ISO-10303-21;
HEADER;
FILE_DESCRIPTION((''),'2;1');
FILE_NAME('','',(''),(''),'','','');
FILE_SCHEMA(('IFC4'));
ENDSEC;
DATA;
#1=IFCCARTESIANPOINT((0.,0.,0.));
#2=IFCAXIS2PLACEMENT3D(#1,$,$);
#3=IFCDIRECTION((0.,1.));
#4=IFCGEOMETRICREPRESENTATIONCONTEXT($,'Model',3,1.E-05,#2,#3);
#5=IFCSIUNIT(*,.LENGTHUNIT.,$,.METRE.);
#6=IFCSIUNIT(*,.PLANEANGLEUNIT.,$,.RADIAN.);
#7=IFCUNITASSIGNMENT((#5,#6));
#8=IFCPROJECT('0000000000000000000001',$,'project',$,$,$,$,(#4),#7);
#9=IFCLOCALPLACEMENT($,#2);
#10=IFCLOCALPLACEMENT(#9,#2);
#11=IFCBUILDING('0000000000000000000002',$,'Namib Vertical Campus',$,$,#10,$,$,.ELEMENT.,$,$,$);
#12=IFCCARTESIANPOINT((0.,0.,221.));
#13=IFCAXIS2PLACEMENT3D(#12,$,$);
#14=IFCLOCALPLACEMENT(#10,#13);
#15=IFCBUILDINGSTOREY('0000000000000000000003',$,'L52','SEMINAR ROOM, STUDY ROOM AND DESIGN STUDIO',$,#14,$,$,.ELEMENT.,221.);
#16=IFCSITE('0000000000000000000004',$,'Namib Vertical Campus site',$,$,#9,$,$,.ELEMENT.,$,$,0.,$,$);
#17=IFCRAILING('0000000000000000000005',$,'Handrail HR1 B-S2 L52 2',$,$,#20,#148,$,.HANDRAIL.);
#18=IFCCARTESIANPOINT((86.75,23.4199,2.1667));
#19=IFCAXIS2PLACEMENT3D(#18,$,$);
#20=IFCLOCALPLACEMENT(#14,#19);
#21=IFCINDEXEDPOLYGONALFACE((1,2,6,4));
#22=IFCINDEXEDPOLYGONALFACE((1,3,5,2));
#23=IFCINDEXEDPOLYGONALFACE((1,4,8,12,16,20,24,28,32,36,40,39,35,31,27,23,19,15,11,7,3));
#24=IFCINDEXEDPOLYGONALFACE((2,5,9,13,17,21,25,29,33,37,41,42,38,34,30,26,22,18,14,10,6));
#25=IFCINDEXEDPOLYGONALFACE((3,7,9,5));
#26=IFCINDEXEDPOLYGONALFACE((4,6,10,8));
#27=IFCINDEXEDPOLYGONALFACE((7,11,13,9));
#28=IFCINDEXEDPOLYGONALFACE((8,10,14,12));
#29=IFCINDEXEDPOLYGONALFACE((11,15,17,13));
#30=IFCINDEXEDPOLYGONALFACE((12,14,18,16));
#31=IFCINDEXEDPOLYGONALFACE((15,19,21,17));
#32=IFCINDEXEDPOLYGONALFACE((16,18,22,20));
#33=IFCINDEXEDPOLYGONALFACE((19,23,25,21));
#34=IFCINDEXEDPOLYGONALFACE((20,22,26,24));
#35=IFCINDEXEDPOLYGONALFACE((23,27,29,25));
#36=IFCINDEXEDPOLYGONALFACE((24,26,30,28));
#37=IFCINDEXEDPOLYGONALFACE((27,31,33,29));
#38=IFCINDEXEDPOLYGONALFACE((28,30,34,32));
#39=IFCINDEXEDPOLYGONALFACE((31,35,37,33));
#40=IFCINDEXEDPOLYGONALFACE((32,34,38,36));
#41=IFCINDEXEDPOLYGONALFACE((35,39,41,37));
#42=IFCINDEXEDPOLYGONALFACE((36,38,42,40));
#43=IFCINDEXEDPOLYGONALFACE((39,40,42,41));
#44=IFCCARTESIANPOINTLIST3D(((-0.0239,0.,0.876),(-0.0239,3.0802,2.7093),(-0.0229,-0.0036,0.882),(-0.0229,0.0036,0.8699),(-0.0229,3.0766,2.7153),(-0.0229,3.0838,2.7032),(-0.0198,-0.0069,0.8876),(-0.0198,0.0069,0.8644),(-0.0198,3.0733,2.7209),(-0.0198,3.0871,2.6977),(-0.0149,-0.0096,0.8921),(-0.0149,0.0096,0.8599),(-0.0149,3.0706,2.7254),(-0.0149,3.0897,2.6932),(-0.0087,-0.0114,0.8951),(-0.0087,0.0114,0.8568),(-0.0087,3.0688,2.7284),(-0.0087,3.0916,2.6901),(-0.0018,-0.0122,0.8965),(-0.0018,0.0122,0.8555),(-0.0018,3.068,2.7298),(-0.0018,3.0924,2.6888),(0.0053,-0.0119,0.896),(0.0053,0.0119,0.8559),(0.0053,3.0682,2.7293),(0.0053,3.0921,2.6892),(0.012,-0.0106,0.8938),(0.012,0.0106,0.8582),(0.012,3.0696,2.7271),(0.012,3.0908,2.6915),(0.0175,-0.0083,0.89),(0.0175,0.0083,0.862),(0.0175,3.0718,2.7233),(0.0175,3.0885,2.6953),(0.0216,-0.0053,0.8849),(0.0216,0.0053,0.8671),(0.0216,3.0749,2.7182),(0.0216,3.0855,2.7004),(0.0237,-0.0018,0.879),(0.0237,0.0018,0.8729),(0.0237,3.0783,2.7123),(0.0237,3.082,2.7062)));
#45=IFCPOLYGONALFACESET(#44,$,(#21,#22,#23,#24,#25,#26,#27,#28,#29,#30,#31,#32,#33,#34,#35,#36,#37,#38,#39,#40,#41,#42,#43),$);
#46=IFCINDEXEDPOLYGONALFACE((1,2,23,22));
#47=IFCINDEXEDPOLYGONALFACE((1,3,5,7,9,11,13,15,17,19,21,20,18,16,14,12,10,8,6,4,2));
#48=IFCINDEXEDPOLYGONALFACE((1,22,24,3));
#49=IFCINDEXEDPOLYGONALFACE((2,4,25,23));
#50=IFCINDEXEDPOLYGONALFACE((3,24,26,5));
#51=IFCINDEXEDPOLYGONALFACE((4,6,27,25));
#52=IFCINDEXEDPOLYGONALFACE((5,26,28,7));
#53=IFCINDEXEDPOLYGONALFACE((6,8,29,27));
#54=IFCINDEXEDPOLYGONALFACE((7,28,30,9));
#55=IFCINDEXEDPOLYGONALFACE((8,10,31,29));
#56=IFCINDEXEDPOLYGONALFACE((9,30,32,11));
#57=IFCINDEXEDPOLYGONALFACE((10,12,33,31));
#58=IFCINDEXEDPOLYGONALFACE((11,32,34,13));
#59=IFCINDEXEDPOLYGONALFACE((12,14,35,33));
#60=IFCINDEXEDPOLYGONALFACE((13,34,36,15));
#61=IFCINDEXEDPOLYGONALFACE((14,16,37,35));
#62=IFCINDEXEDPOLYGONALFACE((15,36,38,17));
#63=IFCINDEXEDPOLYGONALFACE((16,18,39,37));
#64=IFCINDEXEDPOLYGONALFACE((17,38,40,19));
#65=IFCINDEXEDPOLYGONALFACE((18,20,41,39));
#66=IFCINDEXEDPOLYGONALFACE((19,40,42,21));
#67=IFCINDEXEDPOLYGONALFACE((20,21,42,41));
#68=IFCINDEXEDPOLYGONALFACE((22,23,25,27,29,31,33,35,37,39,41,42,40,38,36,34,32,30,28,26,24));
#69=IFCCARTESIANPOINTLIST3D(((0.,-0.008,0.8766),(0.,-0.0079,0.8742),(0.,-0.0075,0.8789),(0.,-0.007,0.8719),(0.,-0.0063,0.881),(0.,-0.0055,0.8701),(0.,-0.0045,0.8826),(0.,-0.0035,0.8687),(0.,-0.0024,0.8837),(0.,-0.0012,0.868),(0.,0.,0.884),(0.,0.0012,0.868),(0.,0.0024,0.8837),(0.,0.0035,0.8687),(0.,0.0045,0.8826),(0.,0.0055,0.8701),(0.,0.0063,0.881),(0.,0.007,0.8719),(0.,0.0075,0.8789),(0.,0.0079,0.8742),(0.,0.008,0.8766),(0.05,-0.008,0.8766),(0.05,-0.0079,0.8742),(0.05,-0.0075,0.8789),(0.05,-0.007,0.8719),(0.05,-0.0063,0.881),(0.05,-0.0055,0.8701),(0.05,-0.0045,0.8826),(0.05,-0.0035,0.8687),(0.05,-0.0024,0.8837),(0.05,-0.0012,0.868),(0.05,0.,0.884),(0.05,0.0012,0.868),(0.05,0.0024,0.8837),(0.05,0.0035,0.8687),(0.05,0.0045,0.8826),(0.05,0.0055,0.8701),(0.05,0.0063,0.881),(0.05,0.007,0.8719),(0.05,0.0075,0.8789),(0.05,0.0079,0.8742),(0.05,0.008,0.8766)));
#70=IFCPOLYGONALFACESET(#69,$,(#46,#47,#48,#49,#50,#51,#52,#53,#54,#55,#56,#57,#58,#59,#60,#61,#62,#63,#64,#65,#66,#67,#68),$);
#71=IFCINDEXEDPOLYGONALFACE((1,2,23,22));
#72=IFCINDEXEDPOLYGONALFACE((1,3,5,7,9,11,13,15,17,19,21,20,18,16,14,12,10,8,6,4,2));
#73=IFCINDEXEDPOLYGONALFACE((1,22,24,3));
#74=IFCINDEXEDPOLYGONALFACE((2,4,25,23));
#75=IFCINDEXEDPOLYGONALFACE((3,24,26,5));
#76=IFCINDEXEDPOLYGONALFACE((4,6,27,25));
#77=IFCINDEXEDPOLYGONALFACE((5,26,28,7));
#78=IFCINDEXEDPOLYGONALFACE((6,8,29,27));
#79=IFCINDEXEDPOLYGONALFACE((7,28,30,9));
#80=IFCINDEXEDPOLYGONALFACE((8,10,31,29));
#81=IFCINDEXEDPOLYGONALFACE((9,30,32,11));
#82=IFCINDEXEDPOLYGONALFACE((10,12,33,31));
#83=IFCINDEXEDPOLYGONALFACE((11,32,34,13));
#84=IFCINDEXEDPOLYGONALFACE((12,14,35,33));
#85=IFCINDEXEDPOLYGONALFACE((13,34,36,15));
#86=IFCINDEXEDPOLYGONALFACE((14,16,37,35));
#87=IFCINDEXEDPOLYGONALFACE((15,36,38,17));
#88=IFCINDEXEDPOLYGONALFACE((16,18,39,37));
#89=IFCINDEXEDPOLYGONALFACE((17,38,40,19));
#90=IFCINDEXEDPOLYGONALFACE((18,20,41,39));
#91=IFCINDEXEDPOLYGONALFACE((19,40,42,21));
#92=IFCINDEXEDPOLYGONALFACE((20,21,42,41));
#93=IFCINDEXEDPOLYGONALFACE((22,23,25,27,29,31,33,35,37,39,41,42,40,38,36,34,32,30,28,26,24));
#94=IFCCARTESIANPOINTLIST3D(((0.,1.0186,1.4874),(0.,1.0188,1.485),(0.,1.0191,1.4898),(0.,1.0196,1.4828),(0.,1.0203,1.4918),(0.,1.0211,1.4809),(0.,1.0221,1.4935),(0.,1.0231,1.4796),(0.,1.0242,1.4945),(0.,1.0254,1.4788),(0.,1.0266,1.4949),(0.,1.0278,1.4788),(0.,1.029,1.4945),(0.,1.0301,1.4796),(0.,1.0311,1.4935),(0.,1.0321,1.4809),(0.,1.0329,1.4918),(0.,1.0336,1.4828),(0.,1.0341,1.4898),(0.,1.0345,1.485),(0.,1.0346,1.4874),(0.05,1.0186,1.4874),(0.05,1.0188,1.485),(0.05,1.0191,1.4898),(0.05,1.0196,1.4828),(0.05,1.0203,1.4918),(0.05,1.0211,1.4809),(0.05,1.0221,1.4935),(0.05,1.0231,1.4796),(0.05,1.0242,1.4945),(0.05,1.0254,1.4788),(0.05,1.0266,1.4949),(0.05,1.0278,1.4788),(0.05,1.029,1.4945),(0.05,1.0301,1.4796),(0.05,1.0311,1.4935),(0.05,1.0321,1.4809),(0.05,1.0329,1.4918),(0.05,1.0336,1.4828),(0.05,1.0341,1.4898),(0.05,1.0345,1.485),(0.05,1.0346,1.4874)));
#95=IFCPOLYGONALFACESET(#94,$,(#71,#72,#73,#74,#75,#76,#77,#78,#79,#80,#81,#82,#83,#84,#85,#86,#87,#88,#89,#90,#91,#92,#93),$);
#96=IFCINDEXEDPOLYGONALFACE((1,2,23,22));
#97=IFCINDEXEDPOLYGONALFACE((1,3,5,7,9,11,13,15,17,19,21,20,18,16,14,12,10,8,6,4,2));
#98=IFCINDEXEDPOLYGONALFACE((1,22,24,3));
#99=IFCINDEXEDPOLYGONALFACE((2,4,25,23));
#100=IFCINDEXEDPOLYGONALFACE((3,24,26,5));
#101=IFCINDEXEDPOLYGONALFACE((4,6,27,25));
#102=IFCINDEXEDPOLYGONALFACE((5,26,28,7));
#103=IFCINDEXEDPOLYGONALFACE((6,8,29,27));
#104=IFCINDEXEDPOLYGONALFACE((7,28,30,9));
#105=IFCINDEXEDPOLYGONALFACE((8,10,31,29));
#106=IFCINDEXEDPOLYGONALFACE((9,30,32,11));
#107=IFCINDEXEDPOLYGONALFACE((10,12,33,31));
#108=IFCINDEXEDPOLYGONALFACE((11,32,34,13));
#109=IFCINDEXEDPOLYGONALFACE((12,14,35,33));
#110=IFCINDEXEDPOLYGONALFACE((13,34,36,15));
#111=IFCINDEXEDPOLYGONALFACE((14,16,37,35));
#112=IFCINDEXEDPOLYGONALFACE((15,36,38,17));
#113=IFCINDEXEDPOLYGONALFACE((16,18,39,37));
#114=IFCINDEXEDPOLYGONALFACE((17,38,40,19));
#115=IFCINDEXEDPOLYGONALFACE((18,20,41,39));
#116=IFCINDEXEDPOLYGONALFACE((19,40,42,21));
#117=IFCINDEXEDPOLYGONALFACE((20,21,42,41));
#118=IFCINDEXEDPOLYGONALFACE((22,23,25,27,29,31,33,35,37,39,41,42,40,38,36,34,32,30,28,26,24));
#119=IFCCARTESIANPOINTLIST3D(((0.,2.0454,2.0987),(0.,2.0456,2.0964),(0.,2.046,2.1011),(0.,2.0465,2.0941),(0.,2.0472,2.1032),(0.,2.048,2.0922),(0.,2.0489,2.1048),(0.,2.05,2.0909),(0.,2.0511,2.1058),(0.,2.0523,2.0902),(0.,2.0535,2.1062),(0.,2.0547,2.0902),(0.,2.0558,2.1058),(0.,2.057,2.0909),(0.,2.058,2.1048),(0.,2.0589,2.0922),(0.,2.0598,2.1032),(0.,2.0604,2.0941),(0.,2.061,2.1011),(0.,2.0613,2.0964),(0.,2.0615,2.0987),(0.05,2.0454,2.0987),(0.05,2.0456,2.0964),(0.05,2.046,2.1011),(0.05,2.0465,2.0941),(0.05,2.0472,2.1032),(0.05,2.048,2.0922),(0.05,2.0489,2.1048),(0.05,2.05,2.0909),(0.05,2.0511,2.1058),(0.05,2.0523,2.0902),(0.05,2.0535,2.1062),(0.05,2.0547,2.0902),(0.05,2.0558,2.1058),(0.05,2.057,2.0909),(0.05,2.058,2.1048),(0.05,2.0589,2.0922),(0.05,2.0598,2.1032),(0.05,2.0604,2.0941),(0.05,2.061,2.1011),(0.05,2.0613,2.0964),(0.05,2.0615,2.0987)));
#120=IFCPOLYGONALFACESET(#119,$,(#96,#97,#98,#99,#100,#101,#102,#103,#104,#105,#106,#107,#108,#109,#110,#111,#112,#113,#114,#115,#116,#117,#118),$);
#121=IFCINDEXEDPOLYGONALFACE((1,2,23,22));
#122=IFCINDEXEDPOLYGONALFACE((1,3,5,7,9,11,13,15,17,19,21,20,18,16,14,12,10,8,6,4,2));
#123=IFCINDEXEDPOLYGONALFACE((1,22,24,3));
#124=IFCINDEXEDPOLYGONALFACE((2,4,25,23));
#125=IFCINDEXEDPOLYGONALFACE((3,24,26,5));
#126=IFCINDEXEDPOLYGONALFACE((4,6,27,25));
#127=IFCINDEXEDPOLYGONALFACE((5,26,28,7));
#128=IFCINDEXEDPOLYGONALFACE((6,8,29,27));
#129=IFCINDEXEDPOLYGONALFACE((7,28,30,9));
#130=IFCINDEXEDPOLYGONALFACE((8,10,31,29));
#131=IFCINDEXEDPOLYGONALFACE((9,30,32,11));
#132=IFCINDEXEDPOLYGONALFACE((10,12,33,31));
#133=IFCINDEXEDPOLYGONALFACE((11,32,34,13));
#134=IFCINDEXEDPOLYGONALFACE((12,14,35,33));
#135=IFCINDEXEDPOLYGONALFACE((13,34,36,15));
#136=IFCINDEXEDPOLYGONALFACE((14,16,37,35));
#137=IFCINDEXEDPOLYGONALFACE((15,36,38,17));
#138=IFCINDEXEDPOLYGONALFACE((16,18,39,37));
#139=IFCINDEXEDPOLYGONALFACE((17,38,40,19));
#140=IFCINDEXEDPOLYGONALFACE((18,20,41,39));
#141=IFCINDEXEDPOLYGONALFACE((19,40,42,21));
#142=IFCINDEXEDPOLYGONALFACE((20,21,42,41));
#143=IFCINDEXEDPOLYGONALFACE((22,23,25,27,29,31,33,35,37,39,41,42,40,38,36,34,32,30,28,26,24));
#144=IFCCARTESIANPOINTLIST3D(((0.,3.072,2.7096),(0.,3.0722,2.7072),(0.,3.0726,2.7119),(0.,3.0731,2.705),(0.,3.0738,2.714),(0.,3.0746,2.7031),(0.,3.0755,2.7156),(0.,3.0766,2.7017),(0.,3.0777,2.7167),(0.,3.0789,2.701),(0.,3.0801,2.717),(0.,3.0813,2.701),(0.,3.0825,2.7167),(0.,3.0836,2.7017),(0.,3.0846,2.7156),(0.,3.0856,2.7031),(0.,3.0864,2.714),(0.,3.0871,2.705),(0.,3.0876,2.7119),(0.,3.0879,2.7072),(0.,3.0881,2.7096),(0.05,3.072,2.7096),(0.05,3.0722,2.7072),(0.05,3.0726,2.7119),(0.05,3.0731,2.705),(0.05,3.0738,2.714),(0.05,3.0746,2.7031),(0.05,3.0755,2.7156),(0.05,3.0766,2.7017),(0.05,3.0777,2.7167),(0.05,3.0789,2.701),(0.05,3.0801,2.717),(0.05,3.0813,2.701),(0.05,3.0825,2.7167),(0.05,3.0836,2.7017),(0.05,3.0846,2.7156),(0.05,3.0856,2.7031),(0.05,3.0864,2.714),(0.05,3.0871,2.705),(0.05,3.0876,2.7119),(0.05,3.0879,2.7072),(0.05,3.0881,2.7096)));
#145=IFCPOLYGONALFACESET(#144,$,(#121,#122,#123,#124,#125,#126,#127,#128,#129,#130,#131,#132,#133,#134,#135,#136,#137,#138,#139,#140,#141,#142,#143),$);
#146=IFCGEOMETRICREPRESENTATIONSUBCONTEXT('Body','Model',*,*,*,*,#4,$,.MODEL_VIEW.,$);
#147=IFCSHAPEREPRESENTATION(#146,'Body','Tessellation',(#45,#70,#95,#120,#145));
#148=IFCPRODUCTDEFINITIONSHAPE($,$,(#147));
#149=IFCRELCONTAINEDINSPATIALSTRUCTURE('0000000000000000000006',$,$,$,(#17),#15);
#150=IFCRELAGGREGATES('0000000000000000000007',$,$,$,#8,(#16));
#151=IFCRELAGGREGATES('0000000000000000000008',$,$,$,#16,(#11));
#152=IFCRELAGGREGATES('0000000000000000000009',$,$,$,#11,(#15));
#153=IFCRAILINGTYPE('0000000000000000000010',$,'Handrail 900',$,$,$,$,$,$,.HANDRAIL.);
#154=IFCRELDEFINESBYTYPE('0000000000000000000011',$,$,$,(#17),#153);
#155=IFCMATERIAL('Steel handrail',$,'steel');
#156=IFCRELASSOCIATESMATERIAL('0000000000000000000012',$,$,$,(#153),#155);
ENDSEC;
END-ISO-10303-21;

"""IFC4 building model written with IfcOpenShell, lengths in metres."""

from ifc_helpers import new_model, si_unit, direction, frame, origin, origin_2d, place, context, subcontext, project, spatial, circle, extrude, material, type_object, element, save


model = new_model("IFC4")

# Units and contexts
model_context = context("Model", 3, precision=1e-05, world=origin(), true_north=direction((0.0, 1.0)))
body_context = subcontext(model_context, "Body", "Model", "MODEL_VIEW")
ifc_project = project(units=[si_unit("LENGTHUNIT", "METRE"), si_unit("PLANEANGLEUNIT", "RADIAN")], contexts=[model_context])

# Site, building, storey
site_placement = place(None, origin())
site = spatial("IfcSite", under=ifc_project, at=site_placement, Name="Namib Vertical Campus site", CompositionType="ELEMENT", RefElevation=0.0)
building_placement = place(site_placement, origin())
building = spatial("IfcBuilding", under=site, at=building_placement, Name="Namib Vertical Campus", CompositionType="ELEMENT")
storey_placement = place(building_placement, frame((0.0, 0.0, 221.0)))
storey = spatial("IfcBuildingStorey", under=building, at=storey_placement, Name="L52", Description="SEMINAR ROOM, STUDY ROOM AND DESIGN STUDIO", CompositionType="ELEMENT", Elevation=221.0)

# Railing
ifc_material_1 = material(Name="Steel handrail", Category="steel")
railing_type = type_object("IfcRailingType", Name="Handrail 900", PredefinedType="HANDRAIL", material=ifc_material_1)
railing_placement = place(storey_placement, frame((86.75, 23.4199, 2.1667)))
element("IfcRailing", 1, at=railing_placement, inside=storey, type_object=railing_type, Name="Handrail HR1 B-S2 L52 2", PredefinedType="HANDRAIL", context=body_context, shape_type="SweptSolid", body=[
    extrude(circle(Radius=0.0239, at=origin_2d()), frame((0.0, 0.0, 0.876), z_axis=(0.0, 0.859309, 0.511458), x_axis=(-1.0, 0.0, 0.0)), (0.0, 0.0, 1.0), 3.5845),
    extrude(circle(Radius=0.0081, at=origin_2d()), frame((0.0, 0.0, 0.876), z_axis=(1.0, 0.0, 0.0), x_axis=(0.0, 0.0, 1.0)), (0.0, 0.0, 1.0), 0.05),
    extrude(circle(Radius=0.0081, at=origin_2d()), frame((0.0, 1.0266, 1.4868), z_axis=(1.0, 0.0, 0.0), x_axis=(0.0, 0.0, 1.0)), (0.0, 0.0, 1.0), 0.05),
    extrude(circle(Radius=0.0081, at=origin_2d()), frame((0.0, 2.0535, 2.0981), z_axis=(1.0, 0.0, 0.0), x_axis=(0.0, 0.0, 1.0)), (0.0, 0.0, 1.0), 0.05),
    extrude(circle(Radius=0.0081, at=origin_2d()), frame((0.0, 3.0801, 2.709), z_axis=(1.0, 0.0, 0.0), x_axis=(0.0, 0.0, 1.0)), (0.0, 0.0, 1.0), 0.05),
])

save(model, "model.ifc")
